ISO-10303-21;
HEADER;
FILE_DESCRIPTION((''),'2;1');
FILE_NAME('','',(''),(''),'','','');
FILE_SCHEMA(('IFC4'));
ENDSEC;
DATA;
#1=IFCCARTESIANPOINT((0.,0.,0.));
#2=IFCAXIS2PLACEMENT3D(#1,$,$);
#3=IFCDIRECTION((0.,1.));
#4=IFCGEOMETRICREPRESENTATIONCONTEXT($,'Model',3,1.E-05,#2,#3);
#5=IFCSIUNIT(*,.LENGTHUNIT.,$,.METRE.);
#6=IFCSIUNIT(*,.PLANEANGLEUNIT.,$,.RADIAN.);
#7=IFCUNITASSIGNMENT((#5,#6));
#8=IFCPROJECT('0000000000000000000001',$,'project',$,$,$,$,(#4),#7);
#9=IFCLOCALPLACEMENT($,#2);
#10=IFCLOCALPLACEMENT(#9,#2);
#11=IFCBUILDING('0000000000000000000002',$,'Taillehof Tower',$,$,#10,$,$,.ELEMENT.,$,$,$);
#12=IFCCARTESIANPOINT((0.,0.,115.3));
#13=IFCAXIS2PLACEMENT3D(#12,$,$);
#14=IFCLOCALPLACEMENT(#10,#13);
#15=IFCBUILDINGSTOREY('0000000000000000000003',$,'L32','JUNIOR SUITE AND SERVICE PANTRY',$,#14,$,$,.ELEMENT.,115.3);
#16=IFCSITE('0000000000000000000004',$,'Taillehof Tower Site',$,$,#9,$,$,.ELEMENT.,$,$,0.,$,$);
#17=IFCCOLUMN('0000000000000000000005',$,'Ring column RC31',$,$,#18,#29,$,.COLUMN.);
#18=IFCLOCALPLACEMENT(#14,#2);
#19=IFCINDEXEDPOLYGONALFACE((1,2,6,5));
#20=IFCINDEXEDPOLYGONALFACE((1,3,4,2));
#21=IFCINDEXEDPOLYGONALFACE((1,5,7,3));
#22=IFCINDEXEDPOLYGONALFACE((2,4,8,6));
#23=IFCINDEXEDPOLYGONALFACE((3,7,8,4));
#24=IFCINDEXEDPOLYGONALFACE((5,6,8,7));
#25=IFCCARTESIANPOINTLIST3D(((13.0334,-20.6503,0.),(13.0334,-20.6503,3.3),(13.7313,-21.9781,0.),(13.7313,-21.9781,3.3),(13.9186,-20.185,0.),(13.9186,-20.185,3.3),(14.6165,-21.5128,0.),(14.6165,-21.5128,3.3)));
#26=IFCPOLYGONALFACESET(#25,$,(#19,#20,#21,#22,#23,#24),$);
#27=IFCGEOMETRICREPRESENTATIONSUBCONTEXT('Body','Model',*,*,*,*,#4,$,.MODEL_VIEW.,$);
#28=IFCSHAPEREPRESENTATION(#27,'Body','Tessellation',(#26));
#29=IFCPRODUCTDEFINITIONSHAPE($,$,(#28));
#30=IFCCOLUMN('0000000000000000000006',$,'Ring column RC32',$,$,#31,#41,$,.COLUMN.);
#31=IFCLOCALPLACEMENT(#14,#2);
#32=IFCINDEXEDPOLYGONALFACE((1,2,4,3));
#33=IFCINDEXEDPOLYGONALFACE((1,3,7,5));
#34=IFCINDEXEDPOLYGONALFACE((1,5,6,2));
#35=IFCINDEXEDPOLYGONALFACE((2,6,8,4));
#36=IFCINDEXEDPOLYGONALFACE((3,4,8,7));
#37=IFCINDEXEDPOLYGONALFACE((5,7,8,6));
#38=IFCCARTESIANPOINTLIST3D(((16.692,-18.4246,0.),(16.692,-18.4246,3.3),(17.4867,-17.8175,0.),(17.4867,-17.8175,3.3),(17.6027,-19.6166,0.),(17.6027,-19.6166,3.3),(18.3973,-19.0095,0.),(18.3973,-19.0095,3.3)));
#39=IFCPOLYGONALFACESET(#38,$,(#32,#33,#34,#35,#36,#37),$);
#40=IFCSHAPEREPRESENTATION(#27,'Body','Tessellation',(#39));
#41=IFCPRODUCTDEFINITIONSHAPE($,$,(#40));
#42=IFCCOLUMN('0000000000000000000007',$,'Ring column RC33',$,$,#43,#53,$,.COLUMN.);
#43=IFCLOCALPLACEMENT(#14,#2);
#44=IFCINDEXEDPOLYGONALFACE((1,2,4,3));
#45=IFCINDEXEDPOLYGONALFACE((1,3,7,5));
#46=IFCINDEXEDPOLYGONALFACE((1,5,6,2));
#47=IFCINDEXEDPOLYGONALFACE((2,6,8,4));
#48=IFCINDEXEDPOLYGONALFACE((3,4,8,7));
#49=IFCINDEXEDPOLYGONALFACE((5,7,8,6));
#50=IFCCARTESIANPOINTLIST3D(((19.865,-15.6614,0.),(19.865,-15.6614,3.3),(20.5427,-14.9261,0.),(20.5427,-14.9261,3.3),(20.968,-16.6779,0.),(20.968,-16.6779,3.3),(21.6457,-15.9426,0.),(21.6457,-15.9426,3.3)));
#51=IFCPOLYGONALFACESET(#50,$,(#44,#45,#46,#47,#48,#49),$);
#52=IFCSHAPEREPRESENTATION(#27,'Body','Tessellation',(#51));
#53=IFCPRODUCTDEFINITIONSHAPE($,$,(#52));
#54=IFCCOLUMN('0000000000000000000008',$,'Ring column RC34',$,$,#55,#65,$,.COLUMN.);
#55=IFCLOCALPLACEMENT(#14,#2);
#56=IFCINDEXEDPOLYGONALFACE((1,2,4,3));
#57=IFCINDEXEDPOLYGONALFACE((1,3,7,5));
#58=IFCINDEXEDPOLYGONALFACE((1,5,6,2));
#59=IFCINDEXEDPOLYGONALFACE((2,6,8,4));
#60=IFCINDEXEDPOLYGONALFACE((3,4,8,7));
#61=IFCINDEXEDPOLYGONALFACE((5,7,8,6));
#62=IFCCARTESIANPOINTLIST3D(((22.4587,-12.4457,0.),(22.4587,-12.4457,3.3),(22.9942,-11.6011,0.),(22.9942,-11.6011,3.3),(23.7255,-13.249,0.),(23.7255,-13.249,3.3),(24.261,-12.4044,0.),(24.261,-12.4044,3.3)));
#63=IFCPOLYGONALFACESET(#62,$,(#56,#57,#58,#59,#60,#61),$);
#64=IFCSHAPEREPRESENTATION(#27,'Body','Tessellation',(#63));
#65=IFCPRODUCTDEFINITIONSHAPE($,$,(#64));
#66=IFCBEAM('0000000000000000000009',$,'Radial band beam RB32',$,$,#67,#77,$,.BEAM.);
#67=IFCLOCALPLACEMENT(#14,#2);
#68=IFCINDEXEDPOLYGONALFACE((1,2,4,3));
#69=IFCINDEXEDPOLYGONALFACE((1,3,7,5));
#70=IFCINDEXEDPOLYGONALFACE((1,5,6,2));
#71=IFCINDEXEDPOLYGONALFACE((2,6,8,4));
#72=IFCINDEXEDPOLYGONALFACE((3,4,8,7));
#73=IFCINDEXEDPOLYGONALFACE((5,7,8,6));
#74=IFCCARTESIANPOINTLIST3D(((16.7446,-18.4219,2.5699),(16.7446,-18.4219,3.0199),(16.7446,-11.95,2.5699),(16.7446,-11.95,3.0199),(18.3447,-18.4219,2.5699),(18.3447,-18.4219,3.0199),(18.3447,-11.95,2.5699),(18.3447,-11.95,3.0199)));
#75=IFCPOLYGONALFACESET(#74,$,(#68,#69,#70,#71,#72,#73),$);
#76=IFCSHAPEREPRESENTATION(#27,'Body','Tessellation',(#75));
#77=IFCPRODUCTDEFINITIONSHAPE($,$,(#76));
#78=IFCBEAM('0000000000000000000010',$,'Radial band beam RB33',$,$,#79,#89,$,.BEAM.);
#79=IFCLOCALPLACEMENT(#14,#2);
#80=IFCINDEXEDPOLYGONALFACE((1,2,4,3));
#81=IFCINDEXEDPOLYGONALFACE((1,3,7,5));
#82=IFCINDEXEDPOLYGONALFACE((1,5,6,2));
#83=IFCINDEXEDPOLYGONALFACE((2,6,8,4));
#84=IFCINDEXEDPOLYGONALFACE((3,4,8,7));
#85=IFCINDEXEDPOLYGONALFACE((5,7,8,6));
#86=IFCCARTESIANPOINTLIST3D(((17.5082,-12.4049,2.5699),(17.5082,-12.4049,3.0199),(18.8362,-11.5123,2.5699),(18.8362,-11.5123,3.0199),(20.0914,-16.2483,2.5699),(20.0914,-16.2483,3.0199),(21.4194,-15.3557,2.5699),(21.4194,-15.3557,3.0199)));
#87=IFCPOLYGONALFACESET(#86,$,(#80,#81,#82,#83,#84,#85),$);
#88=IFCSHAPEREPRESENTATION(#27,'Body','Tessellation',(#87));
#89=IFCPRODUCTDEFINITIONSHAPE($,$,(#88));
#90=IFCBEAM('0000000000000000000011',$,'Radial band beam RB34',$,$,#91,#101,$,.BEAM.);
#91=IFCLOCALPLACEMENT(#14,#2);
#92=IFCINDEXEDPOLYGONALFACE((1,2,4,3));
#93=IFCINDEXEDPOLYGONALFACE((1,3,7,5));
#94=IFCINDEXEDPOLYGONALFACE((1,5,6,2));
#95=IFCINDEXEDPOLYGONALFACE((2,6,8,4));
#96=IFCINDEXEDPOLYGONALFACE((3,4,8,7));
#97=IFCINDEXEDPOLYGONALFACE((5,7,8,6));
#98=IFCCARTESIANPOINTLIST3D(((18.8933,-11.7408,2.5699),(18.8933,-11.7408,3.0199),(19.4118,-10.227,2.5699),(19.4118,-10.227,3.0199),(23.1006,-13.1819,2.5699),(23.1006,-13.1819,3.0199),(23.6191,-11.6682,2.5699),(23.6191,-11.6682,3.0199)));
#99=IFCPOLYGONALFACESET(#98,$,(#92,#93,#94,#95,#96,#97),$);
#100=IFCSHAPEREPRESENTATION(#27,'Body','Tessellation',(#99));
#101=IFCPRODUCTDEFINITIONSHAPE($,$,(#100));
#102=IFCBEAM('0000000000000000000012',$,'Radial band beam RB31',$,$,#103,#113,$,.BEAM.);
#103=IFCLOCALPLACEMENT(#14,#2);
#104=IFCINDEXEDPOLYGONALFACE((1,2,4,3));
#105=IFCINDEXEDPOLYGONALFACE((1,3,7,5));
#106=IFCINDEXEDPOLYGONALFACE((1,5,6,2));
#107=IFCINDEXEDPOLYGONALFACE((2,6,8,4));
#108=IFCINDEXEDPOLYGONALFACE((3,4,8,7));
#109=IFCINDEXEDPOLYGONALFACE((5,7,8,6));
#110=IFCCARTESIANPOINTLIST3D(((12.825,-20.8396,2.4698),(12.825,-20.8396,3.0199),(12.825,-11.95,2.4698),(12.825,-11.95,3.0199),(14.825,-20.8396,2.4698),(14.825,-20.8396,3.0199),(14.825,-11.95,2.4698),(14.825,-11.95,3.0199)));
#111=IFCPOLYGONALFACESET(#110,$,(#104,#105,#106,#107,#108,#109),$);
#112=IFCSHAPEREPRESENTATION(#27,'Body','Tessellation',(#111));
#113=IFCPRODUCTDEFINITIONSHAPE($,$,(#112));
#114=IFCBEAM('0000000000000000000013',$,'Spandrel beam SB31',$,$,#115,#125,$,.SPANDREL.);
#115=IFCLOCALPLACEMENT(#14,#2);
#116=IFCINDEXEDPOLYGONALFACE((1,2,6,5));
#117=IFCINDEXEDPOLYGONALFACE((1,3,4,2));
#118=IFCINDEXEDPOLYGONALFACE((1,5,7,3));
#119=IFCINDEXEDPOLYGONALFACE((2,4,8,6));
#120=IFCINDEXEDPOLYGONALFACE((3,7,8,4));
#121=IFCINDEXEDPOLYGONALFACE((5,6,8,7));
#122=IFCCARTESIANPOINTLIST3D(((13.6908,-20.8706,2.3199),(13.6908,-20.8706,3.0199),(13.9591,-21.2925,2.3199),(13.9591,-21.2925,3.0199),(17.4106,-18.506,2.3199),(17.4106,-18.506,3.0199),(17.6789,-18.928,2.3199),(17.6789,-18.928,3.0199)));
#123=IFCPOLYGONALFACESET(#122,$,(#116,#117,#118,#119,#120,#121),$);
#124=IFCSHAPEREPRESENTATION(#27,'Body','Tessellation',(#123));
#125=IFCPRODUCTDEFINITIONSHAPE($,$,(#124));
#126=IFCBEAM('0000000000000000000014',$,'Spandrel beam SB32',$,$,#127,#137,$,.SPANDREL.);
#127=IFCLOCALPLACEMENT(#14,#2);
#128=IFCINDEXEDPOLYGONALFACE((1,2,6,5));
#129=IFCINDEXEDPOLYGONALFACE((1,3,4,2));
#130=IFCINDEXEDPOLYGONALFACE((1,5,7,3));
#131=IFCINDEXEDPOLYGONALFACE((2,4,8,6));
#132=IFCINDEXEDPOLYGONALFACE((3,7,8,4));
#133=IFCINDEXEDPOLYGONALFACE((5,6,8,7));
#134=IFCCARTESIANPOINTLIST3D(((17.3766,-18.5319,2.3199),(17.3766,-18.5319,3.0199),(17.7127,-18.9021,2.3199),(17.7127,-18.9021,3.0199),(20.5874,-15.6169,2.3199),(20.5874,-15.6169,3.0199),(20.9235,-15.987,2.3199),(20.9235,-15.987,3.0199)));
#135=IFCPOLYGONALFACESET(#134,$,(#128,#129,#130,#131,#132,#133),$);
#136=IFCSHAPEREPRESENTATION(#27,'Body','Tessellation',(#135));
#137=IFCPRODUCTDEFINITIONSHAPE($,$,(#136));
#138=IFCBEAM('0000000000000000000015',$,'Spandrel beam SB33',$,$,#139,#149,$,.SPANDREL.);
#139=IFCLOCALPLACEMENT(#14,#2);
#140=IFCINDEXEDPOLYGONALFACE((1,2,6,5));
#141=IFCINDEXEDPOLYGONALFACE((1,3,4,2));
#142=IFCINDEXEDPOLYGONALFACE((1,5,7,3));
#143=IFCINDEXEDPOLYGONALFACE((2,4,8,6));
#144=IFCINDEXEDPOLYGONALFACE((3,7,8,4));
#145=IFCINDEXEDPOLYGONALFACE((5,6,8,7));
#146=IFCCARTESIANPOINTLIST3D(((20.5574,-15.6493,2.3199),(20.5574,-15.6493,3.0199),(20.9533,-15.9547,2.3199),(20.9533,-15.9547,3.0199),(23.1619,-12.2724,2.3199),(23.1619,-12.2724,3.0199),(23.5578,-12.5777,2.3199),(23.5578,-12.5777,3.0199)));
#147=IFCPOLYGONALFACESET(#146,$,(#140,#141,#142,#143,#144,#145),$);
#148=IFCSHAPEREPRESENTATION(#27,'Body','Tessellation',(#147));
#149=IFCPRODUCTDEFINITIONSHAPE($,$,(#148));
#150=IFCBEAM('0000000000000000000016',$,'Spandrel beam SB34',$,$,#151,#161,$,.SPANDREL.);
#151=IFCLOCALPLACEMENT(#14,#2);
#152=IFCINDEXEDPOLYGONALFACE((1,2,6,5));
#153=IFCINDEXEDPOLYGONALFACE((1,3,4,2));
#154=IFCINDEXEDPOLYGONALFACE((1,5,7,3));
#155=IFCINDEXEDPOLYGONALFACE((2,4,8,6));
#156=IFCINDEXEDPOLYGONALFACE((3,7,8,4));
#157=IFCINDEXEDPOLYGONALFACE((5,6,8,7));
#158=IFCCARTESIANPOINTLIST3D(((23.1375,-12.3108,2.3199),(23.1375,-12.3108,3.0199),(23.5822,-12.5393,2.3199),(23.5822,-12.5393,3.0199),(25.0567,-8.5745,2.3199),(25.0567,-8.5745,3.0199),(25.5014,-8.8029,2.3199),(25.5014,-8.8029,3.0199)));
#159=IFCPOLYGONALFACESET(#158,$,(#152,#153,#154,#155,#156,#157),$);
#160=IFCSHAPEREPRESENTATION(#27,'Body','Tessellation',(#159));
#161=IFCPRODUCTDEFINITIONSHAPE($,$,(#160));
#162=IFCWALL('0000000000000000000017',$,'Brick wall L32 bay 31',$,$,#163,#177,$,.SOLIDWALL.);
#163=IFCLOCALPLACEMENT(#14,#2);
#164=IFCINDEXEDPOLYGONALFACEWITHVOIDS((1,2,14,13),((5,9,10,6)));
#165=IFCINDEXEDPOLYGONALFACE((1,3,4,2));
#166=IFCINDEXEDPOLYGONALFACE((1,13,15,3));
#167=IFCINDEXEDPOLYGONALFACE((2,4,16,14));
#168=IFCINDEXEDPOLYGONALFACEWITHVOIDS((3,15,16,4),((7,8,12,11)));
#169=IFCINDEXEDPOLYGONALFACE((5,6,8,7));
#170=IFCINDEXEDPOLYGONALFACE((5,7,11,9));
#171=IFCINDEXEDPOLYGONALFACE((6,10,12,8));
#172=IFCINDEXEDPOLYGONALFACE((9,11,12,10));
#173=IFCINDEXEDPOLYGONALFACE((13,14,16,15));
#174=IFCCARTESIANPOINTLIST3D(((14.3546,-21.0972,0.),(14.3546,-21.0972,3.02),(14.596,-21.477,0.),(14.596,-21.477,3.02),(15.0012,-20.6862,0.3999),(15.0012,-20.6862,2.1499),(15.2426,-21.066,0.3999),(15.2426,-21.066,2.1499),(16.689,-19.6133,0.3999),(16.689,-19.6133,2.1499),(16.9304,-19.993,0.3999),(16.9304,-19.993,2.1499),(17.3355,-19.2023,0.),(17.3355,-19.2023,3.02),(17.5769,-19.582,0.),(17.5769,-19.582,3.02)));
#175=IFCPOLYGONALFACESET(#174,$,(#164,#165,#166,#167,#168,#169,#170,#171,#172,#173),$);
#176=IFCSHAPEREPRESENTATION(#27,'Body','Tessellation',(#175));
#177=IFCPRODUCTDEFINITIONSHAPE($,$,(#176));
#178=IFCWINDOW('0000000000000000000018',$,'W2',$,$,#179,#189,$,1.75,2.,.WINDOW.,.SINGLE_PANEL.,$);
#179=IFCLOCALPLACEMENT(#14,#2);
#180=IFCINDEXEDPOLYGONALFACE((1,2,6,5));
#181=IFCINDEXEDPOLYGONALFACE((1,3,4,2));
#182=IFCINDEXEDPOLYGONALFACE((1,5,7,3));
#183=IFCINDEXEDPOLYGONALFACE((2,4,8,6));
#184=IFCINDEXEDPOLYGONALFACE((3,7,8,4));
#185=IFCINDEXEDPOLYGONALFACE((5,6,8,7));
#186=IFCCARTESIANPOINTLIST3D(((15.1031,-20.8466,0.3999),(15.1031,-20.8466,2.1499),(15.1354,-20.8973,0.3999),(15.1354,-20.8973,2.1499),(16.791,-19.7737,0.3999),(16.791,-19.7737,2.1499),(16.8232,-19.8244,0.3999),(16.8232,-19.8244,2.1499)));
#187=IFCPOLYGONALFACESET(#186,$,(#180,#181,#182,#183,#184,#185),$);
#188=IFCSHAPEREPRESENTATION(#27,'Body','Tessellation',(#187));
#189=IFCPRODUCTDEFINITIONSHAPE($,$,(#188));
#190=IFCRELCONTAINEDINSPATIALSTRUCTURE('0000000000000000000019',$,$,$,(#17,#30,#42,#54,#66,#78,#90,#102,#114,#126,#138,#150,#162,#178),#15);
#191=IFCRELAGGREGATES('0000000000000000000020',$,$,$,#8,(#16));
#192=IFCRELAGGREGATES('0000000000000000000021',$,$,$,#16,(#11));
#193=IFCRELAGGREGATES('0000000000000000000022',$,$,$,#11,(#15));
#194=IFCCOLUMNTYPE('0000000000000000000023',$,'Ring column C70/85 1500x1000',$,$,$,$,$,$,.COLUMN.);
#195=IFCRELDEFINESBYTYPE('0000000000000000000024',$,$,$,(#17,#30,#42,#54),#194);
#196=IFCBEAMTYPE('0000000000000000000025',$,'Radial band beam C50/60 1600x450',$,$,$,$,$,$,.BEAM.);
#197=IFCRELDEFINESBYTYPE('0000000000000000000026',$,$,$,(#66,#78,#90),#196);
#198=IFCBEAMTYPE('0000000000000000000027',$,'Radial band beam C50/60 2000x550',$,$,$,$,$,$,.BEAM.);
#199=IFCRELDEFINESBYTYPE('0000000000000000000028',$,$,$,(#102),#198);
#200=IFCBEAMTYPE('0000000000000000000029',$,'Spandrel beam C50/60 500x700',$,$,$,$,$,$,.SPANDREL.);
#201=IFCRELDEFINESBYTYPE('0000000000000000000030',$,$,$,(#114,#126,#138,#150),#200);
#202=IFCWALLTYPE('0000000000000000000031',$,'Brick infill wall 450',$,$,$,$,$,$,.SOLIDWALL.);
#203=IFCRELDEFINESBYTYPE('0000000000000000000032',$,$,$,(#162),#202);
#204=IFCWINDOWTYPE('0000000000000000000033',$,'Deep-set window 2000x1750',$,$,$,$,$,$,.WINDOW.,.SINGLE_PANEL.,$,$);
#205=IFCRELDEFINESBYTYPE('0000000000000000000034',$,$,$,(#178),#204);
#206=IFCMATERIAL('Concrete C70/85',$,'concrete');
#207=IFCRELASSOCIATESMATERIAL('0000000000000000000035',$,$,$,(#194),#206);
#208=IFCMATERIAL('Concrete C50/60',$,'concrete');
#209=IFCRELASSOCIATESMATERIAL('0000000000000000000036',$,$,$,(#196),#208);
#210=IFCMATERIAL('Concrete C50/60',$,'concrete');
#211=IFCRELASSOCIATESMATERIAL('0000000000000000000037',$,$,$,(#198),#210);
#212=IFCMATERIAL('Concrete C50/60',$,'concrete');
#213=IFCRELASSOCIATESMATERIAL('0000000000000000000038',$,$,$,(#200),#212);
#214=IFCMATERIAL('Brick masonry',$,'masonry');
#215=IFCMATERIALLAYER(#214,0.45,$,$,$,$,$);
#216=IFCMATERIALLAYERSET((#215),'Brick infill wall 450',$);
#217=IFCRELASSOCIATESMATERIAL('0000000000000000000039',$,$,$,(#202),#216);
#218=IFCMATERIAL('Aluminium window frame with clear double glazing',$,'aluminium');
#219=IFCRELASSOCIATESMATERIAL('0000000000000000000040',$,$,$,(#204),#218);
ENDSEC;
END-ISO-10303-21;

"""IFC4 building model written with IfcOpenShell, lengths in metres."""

from ifc_helpers import new_model, si_unit, direction, frame, frame_2d, origin, origin_2d, place, context, subcontext, project, spatial, rectangle, extrude, material, layer, layer_set, material_profile, profile_set, type_object, element, fill, save


model = new_model("IFC4")

# Units and contexts
model_context = context("Model", 3, precision=1e-05, world=origin(), true_north=direction((0.0, 1.0)))
body_context = subcontext(model_context, "Body", "Model", "MODEL_VIEW")
ifc_project = project(units=[si_unit("LENGTHUNIT", "METRE"), si_unit("PLANEANGLEUNIT", "RADIAN")], contexts=[model_context])

# Site, building, storey
site_placement = place(None, origin())
site = spatial("IfcSite", under=ifc_project, at=site_placement, Name="Taillehof Tower Site", CompositionType="ELEMENT", RefElevation=0.0)
building_placement = place(site_placement, origin())
building = spatial("IfcBuilding", under=site, at=building_placement, Name="Taillehof Tower", CompositionType="ELEMENT")
storey_placement = place(building_placement, frame((0.0, 0.0, 115.3)))
storey = spatial("IfcBuildingStorey", under=building, at=storey_placement, Name="L32", Description="JUNIOR SUITE AND SERVICE PANTRY", CompositionType="ELEMENT", Elevation=115.3)

# Columns
ifc_material_1 = material(Name="Concrete C70/85", Category="concrete")
ifc_material_profile_1 = material_profile(ifc_material_1, rectangle(XDim=1.5, YDim=1.0, at=origin_2d()), Name="RC 1500x1000")
ifc_profile_set_1 = profile_set([ifc_material_profile_1], Name="Concrete C70/85")
column_type = type_object("IfcColumnType", Name="Ring column C70/85 1500x1000", PredefinedType="COLUMN", material=ifc_profile_set_1)
for number, where, z_axis, x_axis, name in (
    (1, (13.825, -21.0815, 0.0), (0.0, 0.0, 1.0), (0.465283, -0.885162, 0.0), "Ring column RC31"),
    (2, (17.5447, -18.717, 0.0), (0.0, 0.0, 1.0), (0.607074, -0.794645, 0.0), "Ring column RC32"),
    (3, (20.7554, -15.802, 0.0), (0.0, 0.0, 1.0), (0.735332, -0.677707, 0.0), "Ring column RC33"),
    (4, (23.3599, -12.425, 0.0), (0.0, 0.0, 1.0), (0.844511, -0.535537, 0.0), "Ring column RC34"),
):
    element("IfcColumn", number, at=place(storey_placement, frame(where, z_axis=z_axis, x_axis=x_axis)), inside=storey, type_object=column_type, Name=name, PredefinedType="COLUMN", context=body_context, shape_type="SweptSolid", body=[
        extrude(rectangle(XDim=1.5, YDim=1.0, at=origin_2d()), origin(), (0.0, 0.0, 1.0), 3.3),
    ])

# Beams
ifc_material_2 = material(Name="Concrete C50/60", Category="concrete")
ifc_material_profile_2 = material_profile(ifc_material_2, rectangle(XDim=1.6001, YDim=0.45, at=origin_2d()), Name="RC 1600x450")
ifc_profile_set_2 = profile_set([ifc_material_profile_2], Name="Concrete C50/60")
beam_type_1 = type_object("IfcBeamType", Name="Radial band beam C50/60 1600x450", PredefinedType="BEAM", material=ifc_profile_set_2)
beam_1_placement = place(storey_placement, frame((17.5447, -18.4219, 2.7949), z_axis=(0.0, 1.0, 0.0), x_axis=(-1.0, 0.0, 0.0)))
element("IfcBeam", 5, at=beam_1_placement, inside=storey, type_object=beam_type_1, Name="Radial band beam RB32", PredefinedType="BEAM", context=body_context, shape_type="SweptSolid", body=[
    extrude(rectangle(XDim=1.6001, YDim=0.45, at=origin_2d()), origin(), (0.0, 0.0, 1.0), 6.4719),
])
beam_2_placement = place(storey_placement, frame((20.7554, -15.802, 2.7949), z_axis=(-0.557823, 0.82996, 0.0), x_axis=(-0.82996, -0.557823, 0.0)))
element("IfcBeam", 6, at=beam_2_placement, inside=storey, type_object=beam_type_1, Name="Radial band beam RB33", PredefinedType="BEAM", context=body_context, shape_type="SweptSolid", body=[
    extrude(rectangle(XDim=1.6001, YDim=0.45, at=origin_2d()), origin(), (0.0, 0.0, 1.0), 4.6309),
])
beam_3_placement = place(storey_placement, frame((23.3599, -12.425, 2.7949), z_axis=(-0.946038, 0.324056, 0.0), x_axis=(-0.324056, -0.946038, 0.0)))
element("IfcBeam", 7, at=beam_3_placement, inside=storey, type_object=beam_type_1, Name="Radial band beam RB34", PredefinedType="BEAM", context=body_context, shape_type="SweptSolid", body=[
    extrude(rectangle(XDim=1.6001, YDim=0.45, at=origin_2d()), origin(), (0.0, 0.0, 1.0), 4.4473),
])
ifc_material_3 = material(Name="Concrete C50/60", Category="concrete")
ifc_material_profile_3 = material_profile(ifc_material_3, rectangle(XDim=2.0, YDim=0.55, at=origin_2d()), Name="RC 2000x550")
ifc_profile_set_3 = profile_set([ifc_material_profile_3], Name="Concrete C50/60")
beam_type_2 = type_object("IfcBeamType", Name="Radial band beam C50/60 2000x550", PredefinedType="BEAM", material=ifc_profile_set_3)
beam_4_placement = place(storey_placement, frame((13.825, -20.8396, 2.7449), z_axis=(0.0, 1.0, 0.0), x_axis=(-1.0, 0.0, 0.0)))
element("IfcBeam", 8, at=beam_4_placement, inside=storey, type_object=beam_type_2, Name="Radial band beam RB31", PredefinedType="BEAM", context=body_context, shape_type="SweptSolid", body=[
    extrude(rectangle(XDim=2.0, YDim=0.55, at=origin_2d()), origin(), (0.0, 0.0, 1.0), 8.8896),
])
ifc_material_4 = material(Name="Concrete C50/60", Category="concrete")
ifc_material_profile_4 = material_profile(ifc_material_4, rectangle(XDim=0.5, YDim=0.7, at=origin_2d()), Name="RC 500x700")
ifc_profile_set_4 = profile_set([ifc_material_profile_4], Name="Concrete C50/60")
beam_type_3 = type_object("IfcBeamType", Name="Spandrel beam C50/60 500x700", PredefinedType="SPANDREL", material=ifc_profile_set_4)
beam_5_placement = place(storey_placement, frame((13.825, -21.0815, 2.6699), z_axis=(0.843928, 0.536456, 0.0), x_axis=(-0.536456, 0.843928, 0.0)))
element("IfcBeam", 9, at=beam_5_placement, inside=storey, type_object=beam_type_3, Name="Spandrel beam SB31", PredefinedType="SPANDREL", context=body_context, shape_type="SweptSolid", body=[
    extrude(rectangle(XDim=0.5, YDim=0.7, at=origin_2d()), origin(), (0.0, 0.0, 1.0), 4.4077),
])
beam_6_placement = place(storey_placement, frame((17.5447, -18.717, 2.6699), z_axis=(0.740373, 0.672196, 0.0), x_axis=(-0.672196, 0.740373, 0.0)))
element("IfcBeam", 10, at=beam_6_placement, inside=storey, type_object=beam_type_3, Name="Spandrel beam SB32", PredefinedType="SPANDREL", context=body_context, shape_type="SweptSolid", body=[
    extrude(rectangle(XDim=0.5, YDim=0.7, at=origin_2d()), origin(), (0.0, 0.0, 1.0), 4.3367),
])
beam_7_placement = place(storey_placement, frame((20.7554, -15.802, 2.6699), z_axis=(0.610717, 0.791849, 0.0), x_axis=(-0.791849, 0.610717, 0.0)))
element("IfcBeam", 11, at=beam_7_placement, inside=storey, type_object=beam_type_3, Name="Spandrel beam SB33", PredefinedType="SPANDREL", context=body_context, shape_type="SweptSolid", body=[
    extrude(rectangle(XDim=0.5, YDim=0.7, at=origin_2d()), origin(), (0.0, 0.0, 1.0), 4.2646),
])
beam_8_placement = place(storey_placement, frame((23.3599, -12.425, 2.6699), z_axis=(0.456905, 0.889515, 0.0), x_axis=(-0.889515, 0.456905, 0.0)))
element("IfcBeam", 12, at=beam_8_placement, inside=storey, type_object=beam_type_3, Name="Spandrel beam SB34", PredefinedType="SPANDREL", context=body_context, shape_type="SweptSolid", body=[
    extrude(rectangle(XDim=0.5, YDim=0.7, at=origin_2d()), origin(), (0.0, 0.0, 1.0), 4.2004),
])

# Wall, opening, window
ifc_material_5 = material(Name="Brick masonry", Category="masonry")
ifc_layer_1 = layer(ifc_material_5, 0.45)
ifc_layer_set_1 = layer_set([ifc_layer_1], Name="Brick infill wall 450")
wall_type_1 = type_object("IfcWallType", Name="Brick infill wall 450", PredefinedType="SOLIDWALL", material=ifc_layer_set_1)
wall_1_placement = place(storey_placement, frame((14.4753, -21.2871, 0.0), z_axis=(0.0, 0.0, 1.0), x_axis=(0.843912, 0.536482, 0.0)))
wall_1 = element("IfcWall", 13, at=wall_1_placement, inside=storey, type_object=wall_type_1, Name="Brick wall L32 bay 31", PredefinedType="SOLIDWALL", context=body_context, shape_type="SweptSolid", body=[
    extrude(rectangle(XDim=3.5322, YDim=0.45, at=frame_2d((1.7661, 0.0))), origin(), (0.0, 0.0, 1.0), 3.02),
])
opening_1_placement = place(wall_1_placement, frame((0.7661, 0.0, 0.3999)))
opening_1 = element("IfcOpeningElement", 14, at=opening_1_placement, cuts=wall_1, PredefinedType="OPENING", context=body_context, shape_type="SweptSolid", body=[
    extrude(rectangle(XDim=2.0, YDim=1.75, at=frame_2d((1.0, 0.875))), frame((0.0, 0.2349, 0.0), z_axis=(0.0, -1.0, 0.0), x_axis=(1.0, 0.0, 0.0)), (0.0, 0.0, 1.0), 0.47),
])
ifc_material_6 = material(Name="Aluminium window frame with clear double glazing", Category="aluminium")
window_type_1 = type_object("IfcWindowType", Name="Deep-set window 2000x1750", PartitioningType="SINGLE_PANEL", PredefinedType="WINDOW", material=ifc_material_6)
window_1_placement = place(opening_1_placement, origin())
window_1 = element("IfcWindow", 15, at=window_1_placement, inside=storey, type_object=window_type_1, Name="W2", OverallHeight=1.75, OverallWidth=2.0, PartitioningType="SINGLE_PANEL", PredefinedType="WINDOW", context=body_context, shape_type="SweptSolid", body=[
    extrude(rectangle(XDim=2.0, YDim=1.75, at=frame_2d((1.0, 0.875))), frame((0.0, 0.0349, 0.0), z_axis=(0.0, -1.0, 0.0), x_axis=(1.0, 0.0, 0.0)), (0.0, 0.0, 1.0), 0.0601),
])
fill(opening_1, window_1)

save(model, "model.ifc")
